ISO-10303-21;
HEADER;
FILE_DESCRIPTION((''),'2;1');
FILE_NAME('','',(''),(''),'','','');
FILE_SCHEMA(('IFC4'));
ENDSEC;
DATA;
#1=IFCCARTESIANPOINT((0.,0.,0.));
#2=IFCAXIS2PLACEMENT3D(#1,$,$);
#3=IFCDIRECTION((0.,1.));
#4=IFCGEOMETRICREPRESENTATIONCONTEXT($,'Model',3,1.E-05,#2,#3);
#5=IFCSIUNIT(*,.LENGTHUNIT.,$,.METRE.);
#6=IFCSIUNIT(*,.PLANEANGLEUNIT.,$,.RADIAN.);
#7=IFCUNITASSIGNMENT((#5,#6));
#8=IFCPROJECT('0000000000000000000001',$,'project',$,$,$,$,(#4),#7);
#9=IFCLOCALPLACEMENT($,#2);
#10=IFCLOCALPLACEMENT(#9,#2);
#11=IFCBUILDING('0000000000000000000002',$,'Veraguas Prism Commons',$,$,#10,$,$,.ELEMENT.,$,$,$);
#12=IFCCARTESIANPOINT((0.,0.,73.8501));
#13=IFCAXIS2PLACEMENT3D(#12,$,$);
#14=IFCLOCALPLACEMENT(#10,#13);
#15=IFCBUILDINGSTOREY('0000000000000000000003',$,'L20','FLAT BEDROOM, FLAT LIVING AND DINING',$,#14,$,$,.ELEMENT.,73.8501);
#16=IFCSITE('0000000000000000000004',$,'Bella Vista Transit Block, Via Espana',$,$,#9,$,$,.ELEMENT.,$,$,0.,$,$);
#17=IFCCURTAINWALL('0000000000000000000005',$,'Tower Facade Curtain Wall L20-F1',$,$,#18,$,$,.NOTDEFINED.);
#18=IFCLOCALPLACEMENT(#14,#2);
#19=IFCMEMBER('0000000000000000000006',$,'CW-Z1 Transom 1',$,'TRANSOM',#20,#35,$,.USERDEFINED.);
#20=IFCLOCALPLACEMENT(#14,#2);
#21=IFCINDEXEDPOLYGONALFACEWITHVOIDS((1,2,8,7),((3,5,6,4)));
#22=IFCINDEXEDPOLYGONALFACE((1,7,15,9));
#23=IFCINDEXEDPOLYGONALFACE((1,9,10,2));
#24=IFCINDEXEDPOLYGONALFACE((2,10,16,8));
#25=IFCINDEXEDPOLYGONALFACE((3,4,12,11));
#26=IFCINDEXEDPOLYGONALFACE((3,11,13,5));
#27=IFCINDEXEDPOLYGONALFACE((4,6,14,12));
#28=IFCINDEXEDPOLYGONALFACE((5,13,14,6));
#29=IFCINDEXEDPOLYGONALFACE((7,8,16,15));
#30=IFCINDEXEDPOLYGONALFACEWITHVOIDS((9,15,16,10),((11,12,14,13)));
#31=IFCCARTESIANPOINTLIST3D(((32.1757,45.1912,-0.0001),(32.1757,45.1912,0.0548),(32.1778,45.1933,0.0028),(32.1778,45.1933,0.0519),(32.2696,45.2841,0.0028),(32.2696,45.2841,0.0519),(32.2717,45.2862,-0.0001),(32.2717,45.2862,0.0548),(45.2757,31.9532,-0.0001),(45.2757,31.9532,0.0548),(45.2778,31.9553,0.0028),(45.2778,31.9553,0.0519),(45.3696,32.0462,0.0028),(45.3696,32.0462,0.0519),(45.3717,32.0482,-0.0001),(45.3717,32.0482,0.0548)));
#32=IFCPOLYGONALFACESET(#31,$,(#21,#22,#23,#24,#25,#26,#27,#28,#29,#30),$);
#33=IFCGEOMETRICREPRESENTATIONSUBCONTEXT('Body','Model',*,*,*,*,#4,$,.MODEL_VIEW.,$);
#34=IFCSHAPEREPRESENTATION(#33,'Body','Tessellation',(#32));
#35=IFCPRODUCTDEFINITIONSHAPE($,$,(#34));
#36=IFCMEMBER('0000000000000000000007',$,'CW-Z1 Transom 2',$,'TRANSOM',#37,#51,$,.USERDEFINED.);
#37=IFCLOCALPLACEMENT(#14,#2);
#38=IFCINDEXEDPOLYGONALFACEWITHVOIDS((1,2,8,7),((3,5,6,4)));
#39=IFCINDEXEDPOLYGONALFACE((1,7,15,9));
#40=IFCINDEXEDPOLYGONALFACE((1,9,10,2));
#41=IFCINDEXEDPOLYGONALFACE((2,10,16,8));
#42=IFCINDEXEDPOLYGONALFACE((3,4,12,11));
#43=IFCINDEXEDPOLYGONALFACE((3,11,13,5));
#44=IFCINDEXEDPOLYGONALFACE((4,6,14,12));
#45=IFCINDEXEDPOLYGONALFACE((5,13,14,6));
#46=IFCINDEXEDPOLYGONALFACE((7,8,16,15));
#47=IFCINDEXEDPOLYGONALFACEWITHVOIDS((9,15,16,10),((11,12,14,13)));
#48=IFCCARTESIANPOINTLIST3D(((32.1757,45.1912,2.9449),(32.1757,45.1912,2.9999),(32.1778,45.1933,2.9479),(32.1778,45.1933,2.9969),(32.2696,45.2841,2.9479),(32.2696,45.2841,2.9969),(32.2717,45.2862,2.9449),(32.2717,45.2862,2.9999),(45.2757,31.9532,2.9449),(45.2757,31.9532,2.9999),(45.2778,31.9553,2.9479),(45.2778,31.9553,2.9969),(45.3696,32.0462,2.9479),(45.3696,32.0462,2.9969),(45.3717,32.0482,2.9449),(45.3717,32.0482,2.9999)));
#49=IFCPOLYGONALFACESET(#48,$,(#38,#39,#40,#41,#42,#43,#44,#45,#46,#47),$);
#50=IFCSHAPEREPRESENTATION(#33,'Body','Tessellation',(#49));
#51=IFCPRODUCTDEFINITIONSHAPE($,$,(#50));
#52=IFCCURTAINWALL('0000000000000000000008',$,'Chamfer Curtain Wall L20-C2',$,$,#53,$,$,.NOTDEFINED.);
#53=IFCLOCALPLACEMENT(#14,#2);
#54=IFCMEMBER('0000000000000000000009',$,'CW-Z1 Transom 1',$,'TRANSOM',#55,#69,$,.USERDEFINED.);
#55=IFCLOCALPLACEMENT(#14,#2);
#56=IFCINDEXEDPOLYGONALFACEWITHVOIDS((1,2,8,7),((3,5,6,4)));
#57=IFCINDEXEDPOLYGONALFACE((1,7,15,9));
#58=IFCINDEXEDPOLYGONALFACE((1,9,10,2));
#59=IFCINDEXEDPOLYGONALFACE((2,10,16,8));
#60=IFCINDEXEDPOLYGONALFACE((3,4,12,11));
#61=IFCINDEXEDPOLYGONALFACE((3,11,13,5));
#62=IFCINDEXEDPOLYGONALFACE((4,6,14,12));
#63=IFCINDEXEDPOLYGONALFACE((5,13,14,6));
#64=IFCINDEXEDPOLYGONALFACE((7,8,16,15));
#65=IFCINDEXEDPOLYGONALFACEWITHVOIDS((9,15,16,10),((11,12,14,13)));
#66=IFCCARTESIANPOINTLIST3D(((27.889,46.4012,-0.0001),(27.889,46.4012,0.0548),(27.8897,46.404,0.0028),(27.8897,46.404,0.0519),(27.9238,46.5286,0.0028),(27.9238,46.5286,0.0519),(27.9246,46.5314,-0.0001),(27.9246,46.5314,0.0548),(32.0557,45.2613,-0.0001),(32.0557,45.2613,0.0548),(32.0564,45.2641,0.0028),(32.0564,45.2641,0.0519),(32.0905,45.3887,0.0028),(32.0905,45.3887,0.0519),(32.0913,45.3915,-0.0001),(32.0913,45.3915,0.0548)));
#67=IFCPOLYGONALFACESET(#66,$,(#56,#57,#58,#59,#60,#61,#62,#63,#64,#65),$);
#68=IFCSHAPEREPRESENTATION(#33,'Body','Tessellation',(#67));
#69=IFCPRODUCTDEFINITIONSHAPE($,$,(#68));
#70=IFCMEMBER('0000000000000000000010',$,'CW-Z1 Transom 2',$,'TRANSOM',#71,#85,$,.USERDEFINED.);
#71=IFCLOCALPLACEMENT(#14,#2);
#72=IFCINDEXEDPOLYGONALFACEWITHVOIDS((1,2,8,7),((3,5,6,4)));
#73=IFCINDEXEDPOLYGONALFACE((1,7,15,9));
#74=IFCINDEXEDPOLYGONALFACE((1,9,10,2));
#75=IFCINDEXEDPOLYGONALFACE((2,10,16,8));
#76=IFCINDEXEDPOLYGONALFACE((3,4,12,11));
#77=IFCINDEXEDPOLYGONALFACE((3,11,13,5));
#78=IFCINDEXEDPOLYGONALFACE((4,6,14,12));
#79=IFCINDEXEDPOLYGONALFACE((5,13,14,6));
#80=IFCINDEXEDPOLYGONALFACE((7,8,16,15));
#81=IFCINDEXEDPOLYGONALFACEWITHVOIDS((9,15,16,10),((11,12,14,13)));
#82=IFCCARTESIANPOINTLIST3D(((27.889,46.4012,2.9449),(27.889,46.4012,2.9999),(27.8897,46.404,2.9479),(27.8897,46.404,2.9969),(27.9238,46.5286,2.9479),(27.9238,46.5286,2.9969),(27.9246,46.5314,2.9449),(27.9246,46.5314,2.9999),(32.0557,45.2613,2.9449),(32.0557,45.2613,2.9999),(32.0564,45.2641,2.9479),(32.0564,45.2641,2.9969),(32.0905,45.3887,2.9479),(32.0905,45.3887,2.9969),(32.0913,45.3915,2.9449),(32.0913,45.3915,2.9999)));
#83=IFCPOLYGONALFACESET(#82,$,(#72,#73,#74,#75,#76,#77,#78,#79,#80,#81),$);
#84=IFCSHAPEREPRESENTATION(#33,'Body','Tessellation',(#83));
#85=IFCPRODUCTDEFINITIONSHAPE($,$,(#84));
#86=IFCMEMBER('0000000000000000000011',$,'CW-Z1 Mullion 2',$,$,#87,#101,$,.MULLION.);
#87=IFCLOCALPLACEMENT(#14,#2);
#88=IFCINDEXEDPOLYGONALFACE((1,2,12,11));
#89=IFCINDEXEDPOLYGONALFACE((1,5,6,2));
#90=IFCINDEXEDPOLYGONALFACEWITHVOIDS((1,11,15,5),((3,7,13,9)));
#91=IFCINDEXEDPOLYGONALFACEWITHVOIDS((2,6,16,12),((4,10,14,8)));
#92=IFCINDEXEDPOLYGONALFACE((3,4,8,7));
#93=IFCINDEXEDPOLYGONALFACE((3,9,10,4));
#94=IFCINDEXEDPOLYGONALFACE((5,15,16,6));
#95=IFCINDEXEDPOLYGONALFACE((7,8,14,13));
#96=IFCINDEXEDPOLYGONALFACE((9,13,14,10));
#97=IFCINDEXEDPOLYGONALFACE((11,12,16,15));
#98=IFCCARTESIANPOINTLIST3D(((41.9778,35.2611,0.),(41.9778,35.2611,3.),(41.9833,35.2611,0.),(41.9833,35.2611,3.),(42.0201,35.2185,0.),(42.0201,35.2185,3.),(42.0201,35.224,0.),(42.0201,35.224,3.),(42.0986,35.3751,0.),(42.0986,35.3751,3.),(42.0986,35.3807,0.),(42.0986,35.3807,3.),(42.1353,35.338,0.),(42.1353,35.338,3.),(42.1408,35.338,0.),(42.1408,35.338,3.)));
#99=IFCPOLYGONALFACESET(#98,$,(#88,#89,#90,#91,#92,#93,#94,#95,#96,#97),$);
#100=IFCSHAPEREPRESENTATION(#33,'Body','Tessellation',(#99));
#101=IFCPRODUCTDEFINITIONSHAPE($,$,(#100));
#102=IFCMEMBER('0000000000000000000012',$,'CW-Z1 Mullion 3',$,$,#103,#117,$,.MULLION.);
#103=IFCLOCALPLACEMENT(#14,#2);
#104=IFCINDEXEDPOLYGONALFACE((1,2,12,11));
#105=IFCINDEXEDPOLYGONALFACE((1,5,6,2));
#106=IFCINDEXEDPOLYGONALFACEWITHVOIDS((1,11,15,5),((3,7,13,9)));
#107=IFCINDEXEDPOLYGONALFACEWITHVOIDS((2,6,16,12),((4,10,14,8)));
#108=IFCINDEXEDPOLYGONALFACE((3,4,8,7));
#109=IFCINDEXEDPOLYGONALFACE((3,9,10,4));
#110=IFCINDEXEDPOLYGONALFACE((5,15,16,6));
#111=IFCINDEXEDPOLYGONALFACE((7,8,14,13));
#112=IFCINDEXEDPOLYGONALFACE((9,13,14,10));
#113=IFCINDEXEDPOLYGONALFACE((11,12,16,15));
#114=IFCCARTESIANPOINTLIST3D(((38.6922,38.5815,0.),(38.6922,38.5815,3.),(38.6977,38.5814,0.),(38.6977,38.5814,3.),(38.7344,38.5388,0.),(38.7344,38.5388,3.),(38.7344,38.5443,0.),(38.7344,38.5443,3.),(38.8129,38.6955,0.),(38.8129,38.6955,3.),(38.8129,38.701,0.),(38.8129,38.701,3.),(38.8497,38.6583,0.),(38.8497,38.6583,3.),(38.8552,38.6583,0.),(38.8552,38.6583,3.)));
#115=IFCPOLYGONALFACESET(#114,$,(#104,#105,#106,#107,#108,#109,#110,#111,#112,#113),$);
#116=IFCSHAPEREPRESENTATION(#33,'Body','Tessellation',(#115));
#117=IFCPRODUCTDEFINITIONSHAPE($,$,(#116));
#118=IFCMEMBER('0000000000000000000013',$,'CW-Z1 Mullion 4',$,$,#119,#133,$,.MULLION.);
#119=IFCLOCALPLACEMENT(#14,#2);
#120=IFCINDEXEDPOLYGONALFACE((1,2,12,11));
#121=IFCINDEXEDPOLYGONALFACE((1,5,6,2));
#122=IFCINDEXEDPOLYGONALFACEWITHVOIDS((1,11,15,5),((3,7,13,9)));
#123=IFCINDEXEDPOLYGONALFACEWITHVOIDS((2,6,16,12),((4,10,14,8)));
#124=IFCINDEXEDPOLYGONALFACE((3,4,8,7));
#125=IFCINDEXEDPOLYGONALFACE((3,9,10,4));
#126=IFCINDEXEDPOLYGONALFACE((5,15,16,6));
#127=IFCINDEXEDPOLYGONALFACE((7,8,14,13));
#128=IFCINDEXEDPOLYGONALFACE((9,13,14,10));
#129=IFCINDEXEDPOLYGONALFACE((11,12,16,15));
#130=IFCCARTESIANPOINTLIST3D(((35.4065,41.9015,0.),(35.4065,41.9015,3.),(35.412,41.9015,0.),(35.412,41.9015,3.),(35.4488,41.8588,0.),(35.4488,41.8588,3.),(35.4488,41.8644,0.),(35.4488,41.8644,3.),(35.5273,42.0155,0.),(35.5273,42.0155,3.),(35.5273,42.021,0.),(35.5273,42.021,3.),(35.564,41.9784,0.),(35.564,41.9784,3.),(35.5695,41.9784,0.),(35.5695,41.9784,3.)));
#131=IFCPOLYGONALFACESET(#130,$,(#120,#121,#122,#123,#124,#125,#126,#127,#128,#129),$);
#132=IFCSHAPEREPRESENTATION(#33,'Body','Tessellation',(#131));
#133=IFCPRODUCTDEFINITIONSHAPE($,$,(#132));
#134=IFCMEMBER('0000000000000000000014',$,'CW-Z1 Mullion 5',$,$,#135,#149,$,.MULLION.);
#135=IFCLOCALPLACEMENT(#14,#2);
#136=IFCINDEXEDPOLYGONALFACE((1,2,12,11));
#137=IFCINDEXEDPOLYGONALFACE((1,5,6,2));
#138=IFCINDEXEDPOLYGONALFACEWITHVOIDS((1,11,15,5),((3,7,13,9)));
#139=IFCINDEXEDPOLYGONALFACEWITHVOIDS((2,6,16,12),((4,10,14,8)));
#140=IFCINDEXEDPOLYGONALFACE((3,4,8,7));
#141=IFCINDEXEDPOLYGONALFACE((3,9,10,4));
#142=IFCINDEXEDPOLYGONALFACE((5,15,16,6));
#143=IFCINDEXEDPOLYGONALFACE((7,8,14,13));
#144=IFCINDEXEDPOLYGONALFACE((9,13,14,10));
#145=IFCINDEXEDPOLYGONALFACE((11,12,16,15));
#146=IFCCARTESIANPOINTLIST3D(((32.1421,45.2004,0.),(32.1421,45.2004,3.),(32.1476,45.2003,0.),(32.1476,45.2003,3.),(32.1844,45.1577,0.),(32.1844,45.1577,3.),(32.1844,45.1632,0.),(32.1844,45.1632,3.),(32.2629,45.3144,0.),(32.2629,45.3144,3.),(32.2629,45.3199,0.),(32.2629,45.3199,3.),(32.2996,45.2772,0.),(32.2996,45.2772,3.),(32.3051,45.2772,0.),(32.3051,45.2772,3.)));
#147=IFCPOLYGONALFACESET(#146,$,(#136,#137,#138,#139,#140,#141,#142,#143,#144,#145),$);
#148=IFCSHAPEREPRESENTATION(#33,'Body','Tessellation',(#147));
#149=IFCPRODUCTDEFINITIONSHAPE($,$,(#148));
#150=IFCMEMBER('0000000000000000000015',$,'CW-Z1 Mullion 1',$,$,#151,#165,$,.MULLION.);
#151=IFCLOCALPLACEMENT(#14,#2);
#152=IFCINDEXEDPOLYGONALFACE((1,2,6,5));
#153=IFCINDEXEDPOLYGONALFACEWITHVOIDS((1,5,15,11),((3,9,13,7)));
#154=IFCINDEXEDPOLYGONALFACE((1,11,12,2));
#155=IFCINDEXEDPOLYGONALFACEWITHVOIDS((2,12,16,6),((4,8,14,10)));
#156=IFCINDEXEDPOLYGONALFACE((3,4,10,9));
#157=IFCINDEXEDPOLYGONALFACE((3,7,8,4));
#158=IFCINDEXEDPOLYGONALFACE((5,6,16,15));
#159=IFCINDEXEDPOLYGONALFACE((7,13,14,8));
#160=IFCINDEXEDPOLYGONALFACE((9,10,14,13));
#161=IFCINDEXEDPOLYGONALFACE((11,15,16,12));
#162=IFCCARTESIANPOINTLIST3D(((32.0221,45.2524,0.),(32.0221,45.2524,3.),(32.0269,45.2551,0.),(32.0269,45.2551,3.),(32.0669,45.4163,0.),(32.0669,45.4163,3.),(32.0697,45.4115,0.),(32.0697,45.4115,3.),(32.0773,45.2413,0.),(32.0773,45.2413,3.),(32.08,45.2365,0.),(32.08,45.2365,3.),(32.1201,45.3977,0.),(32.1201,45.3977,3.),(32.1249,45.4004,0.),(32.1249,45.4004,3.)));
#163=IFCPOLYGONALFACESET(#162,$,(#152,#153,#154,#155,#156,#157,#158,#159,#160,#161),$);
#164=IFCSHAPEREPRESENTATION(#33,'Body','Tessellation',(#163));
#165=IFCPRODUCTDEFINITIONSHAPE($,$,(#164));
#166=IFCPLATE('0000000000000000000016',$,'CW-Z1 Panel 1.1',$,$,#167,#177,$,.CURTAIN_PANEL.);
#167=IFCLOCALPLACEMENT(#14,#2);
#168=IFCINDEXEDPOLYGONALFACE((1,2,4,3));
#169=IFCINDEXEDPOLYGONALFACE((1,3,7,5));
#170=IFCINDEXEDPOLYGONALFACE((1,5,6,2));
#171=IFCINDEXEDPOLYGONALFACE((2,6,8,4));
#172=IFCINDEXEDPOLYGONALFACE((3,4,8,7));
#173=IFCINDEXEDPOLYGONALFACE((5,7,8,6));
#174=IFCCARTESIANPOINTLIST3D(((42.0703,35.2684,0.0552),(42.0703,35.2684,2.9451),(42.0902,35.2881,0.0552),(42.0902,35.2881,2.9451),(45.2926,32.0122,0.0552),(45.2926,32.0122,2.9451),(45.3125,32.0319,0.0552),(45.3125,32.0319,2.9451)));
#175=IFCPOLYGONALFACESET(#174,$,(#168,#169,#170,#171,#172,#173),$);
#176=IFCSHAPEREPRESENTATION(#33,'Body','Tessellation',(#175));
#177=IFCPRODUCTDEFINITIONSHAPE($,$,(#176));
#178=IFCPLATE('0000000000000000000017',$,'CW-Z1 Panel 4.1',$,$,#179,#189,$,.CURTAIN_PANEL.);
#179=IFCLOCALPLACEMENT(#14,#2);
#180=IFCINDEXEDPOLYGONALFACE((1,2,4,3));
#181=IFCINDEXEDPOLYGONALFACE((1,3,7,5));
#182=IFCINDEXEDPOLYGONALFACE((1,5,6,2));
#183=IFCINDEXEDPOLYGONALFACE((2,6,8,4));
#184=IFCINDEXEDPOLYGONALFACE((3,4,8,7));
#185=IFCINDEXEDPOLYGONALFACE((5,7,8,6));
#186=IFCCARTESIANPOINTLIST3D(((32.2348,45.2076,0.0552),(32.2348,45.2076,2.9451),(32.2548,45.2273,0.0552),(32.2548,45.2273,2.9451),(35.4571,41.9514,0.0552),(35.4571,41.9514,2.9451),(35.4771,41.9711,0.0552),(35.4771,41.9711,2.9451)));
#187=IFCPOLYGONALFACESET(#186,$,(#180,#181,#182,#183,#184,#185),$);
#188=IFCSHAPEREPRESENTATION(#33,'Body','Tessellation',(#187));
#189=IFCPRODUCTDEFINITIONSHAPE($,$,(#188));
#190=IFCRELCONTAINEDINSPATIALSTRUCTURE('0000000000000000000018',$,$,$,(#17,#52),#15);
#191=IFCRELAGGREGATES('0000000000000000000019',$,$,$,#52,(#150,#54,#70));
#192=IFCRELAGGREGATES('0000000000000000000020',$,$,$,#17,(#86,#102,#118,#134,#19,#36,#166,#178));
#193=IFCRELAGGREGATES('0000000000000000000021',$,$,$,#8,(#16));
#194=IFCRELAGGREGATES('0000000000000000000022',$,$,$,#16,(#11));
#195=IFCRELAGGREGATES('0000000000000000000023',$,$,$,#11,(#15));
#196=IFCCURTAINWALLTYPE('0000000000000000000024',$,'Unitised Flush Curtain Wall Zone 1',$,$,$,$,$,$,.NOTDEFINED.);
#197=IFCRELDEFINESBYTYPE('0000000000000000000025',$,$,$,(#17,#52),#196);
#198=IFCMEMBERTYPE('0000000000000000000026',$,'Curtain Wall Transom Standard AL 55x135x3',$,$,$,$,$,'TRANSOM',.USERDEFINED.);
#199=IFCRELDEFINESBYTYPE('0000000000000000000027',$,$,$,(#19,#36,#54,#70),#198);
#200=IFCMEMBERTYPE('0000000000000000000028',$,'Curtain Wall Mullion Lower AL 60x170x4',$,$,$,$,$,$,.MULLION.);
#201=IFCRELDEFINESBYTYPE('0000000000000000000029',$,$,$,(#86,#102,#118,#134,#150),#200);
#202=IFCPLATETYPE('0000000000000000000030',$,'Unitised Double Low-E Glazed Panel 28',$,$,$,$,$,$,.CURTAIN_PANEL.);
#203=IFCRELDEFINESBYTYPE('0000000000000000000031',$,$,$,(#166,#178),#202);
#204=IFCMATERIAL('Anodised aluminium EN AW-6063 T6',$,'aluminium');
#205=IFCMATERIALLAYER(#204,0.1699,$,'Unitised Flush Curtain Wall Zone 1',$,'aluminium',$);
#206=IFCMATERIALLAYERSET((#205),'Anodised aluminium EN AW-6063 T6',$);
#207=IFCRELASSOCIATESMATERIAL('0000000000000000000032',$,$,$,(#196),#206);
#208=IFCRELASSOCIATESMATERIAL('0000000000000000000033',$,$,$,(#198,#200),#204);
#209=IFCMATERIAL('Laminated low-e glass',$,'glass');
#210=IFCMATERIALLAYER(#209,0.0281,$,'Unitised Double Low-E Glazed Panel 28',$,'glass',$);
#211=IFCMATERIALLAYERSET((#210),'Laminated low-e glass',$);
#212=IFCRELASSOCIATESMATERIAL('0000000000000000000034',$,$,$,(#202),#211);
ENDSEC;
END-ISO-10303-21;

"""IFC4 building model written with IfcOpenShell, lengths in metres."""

from ifc_helpers import new_model, si_unit, direction, frame, origin, origin_2d, place, context, subcontext, project, spatial, rectangle, hollow_rectangle, extrude, source, transform, mapped, material, layer, layer_set, material_profile, profile_set, type_object, element, aggregate, save


model = new_model("IFC4")

# Units and contexts
model_context = context("Model", 3, precision=1e-05, world=origin(), true_north=direction((0.0, 1.0)))
body_context = subcontext(model_context, "Body", "Model", "MODEL_VIEW")
ifc_project = project(units=[si_unit("LENGTHUNIT", "METRE"), si_unit("PLANEANGLEUNIT", "RADIAN")], contexts=[model_context])

# Site, building, storey
site_placement = place(None, origin())
site = spatial("IfcSite", under=ifc_project, at=site_placement, Name="Bella Vista Transit Block, Via Espana", CompositionType="ELEMENT", RefElevation=0.0)
building_placement = place(site_placement, origin())
building = spatial("IfcBuilding", under=site, at=building_placement, Name="Veraguas Prism Commons", CompositionType="ELEMENT")
storey_placement = place(building_placement, frame((0.0, 0.0, 73.8501)))
storey = spatial("IfcBuildingStorey", under=building, at=storey_placement, Name="L20", Description="FLAT BEDROOM, FLAT LIVING AND DINING", CompositionType="ELEMENT", Elevation=73.8501)

# Curtain walls, members
ifc_material_1 = material(Name="Anodised aluminium EN AW-6063 T6", Category="aluminium")
ifc_layer_1 = layer(ifc_material_1, 0.1699, Name="Unitised Flush Curtain Wall Zone 1", Category="aluminium")
ifc_layer_set_1 = layer_set([ifc_layer_1], Name="Anodised aluminium EN AW-6063 T6")
curtain_wall_type = type_object("IfcCurtainWallType", Name="Unitised Flush Curtain Wall Zone 1", PredefinedType="NOTDEFINED", material=ifc_layer_set_1)
curtain_wall_1_placement = place(storey_placement, origin())
curtain_wall_1 = element("IfcCurtainWall", 1, at=curtain_wall_1_placement, inside=storey, type_object=curtain_wall_type, Name="Tower Facade Curtain Wall L20-F1", PredefinedType="NOTDEFINED")
ifc_material_profile_1 = material_profile(ifc_material_1, hollow_rectangle(XDim=0.0549, YDim=0.135, WallThickness=0.0029, at=origin_2d()), Name="AL55X135X3")
ifc_profile_set_1 = profile_set([ifc_material_profile_1], Name="Anodised aluminium EN AW-6063 T6")
member_type_1 = type_object("IfcMemberType", Name="Curtain Wall Transom Standard AL 55x135x3", ElementType="TRANSOM", PredefinedType="USERDEFINED", material=ifc_profile_set_1)
shared_shape_1 = source(origin(), body_context, "Body", "SweptSolid", [
    extrude(hollow_rectangle(XDim=0.0549, YDim=0.135, WallThickness=0.0029, at=origin_2d()), origin(), (0.0, 0.0, 1.0), 18.624),
])
member_1_placement = place(storey_placement, frame((45.3237, 32.0007, 0.0273), z_axis=(-0.703394, 0.7108, 0.0), x_axis=(0.0, 0.0, 1.0)))
member_1 = element("IfcMember", 2, at=member_1_placement, type_object=member_type_1, Name="CW-Z1 Transom 1", ObjectType="TRANSOM", PredefinedType="USERDEFINED", context=body_context, shape_type="MappedRepresentation", body=[
    mapped(shared_shape_1, transform((0.0, 0.0, 0.0), scale=1.0)),
])
member_2_placement = place(storey_placement, frame((45.3237, 32.0007, 2.9724), z_axis=(-0.703394, 0.7108, 0.0), x_axis=(0.0, 0.0, 1.0)))
member_2 = element("IfcMember", 3, at=member_2_placement, type_object=member_type_1, Name="CW-Z1 Transom 2", ObjectType="TRANSOM", PredefinedType="USERDEFINED", context=body_context, shape_type="MappedRepresentation", body=[
    mapped(shared_shape_1, transform((0.0, 0.0, 0.0), scale=1.0)),
])
curtain_wall_2_placement = place(storey_placement, origin())
curtain_wall_2 = element("IfcCurtainWall", 4, at=curtain_wall_2_placement, inside=storey, type_object=curtain_wall_type, Name="Chamfer Curtain Wall L20-C2", PredefinedType="NOTDEFINED")
shared_shape_2 = source(origin(), body_context, "Body", "SweptSolid", [
    extrude(hollow_rectangle(XDim=0.0549, YDim=0.135, WallThickness=0.0029, at=origin_2d()), origin(), (0.0, 0.0, 1.0), 4.3198),
])
member_3_placement = place(storey_placement, frame((32.0735, 45.3264, 0.0273), z_axis=(-0.964557, 0.263873, 0.0), x_axis=(0.0, 0.0, 1.0)))
member_3 = element("IfcMember", 5, at=member_3_placement, type_object=member_type_1, Name="CW-Z1 Transom 1", ObjectType="TRANSOM", PredefinedType="USERDEFINED", context=body_context, shape_type="MappedRepresentation", body=[
    mapped(shared_shape_2, transform((0.0, 0.0, 0.0), scale=1.0)),
])
member_4_placement = place(storey_placement, frame((32.0735, 45.3264, 2.9724), z_axis=(-0.964557, 0.263873, 0.0), x_axis=(0.0, 0.0, 1.0)))
member_4 = element("IfcMember", 6, at=member_4_placement, type_object=member_type_1, Name="CW-Z1 Transom 2", ObjectType="TRANSOM", PredefinedType="USERDEFINED", context=body_context, shape_type="MappedRepresentation", body=[
    mapped(shared_shape_2, transform((0.0, 0.0, 0.0), scale=1.0)),
])

# Members
ifc_material_profile_2 = material_profile(ifc_material_1, hollow_rectangle(XDim=0.0601, YDim=0.1699, WallThickness=0.0039, at=origin_2d()), Name="AL60X170X4")
ifc_profile_set_2 = profile_set([ifc_material_profile_2], Name="Anodised aluminium EN AW-6063 T6")
member_type_2 = type_object("IfcMemberType", Name="Curtain Wall Mullion Lower AL 60x170x4", PredefinedType="MULLION", material=ifc_profile_set_2)
shared_shape_3 = source(origin(), body_context, "Body", "SweptSolid", [
    extrude(hollow_rectangle(XDim=0.0601, YDim=0.1699, WallThickness=0.0039, at=origin_2d()), origin(), (0.0, 0.0, 1.0), 3.0),
])
member_5_placement = place(storey_placement, frame((42.0593, 35.2996, 0.0), z_axis=(0.0, 0.0, 1.0), x_axis=(-0.703393, 0.710801, 0.0)))
member_5 = element("IfcMember", 7, at=member_5_placement, type_object=member_type_2, Name="CW-Z1 Mullion 2", PredefinedType="MULLION", context=body_context, shape_type="MappedRepresentation", body=[
    mapped(shared_shape_3, transform((0.0, 0.0, 0.0), scale=1.0)),
])
member_6_placement = place(storey_placement, frame((38.7737, 38.6199, 0.0), z_axis=(0.0, 0.0, 1.0), x_axis=(-0.703393, 0.710801, 0.0)))
member_6 = element("IfcMember", 8, at=member_6_placement, type_object=member_type_2, Name="CW-Z1 Mullion 3", PredefinedType="MULLION", context=body_context, shape_type="MappedRepresentation", body=[
    mapped(shared_shape_3, transform((0.0, 0.0, 0.0), scale=1.0)),
])
member_7_placement = place(storey_placement, frame((35.488, 41.9399, 0.0), z_axis=(0.0, 0.0, 1.0), x_axis=(-0.703393, 0.710801, 0.0)))
member_7 = element("IfcMember", 9, at=member_7_placement, type_object=member_type_2, Name="CW-Z1 Mullion 4", PredefinedType="MULLION", context=body_context, shape_type="MappedRepresentation", body=[
    mapped(shared_shape_3, transform((0.0, 0.0, 0.0), scale=1.0)),
])
member_8_placement = place(storey_placement, frame((32.2236, 45.2388, 0.0), z_axis=(0.0, 0.0, 1.0), x_axis=(-0.703393, 0.710801, 0.0)))
member_8 = element("IfcMember", 10, at=member_8_placement, type_object=member_type_2, Name="CW-Z1 Mullion 5", PredefinedType="MULLION", context=body_context, shape_type="MappedRepresentation", body=[
    mapped(shared_shape_3, transform((0.0, 0.0, 0.0), scale=1.0)),
])
member_9_placement = place(storey_placement, frame((32.0735, 45.3264, 0.0), z_axis=(0.0, 0.0, 1.0), x_axis=(-0.964554, 0.263885, 0.0)))
member_9 = element("IfcMember", 11, at=member_9_placement, type_object=member_type_2, Name="CW-Z1 Mullion 1", PredefinedType="MULLION", context=body_context, shape_type="MappedRepresentation", body=[
    mapped(shared_shape_3, transform((0.0, 0.0, 0.0), scale=1.0)),
])
aggregate(curtain_wall_2, [member_9, member_3, member_4])

# Plates
ifc_material_2 = material(Name="Laminated low-e glass", Category="glass")
ifc_layer_2 = layer(ifc_material_2, 0.0281, Name="Unitised Double Low-E Glazed Panel 28", Category="glass")
ifc_layer_set_2 = layer_set([ifc_layer_2], Name="Laminated low-e glass")
plate_type = type_object("IfcPlateType", Name="Unitised Double Low-E Glazed Panel 28", PredefinedType="CURTAIN_PANEL", material=ifc_layer_set_2)
shared_shape_4 = source(origin(), body_context, "Body", "SweptSolid", [
    extrude(rectangle(XDim=4.5811, YDim=0.0281, at=origin_2d()), origin(), (0.0, 0.0, 1.0), 2.8899),
])
plate_1_placement = place(storey_placement, frame((43.6914, 33.6501, 0.0552), z_axis=(0.0, 0.0, 1.0), x_axis=(-0.703393, 0.710801, 0.0)))
plate_1 = element("IfcPlate", 12, at=plate_1_placement, type_object=plate_type, Name="CW-Z1 Panel 1.1", PredefinedType="CURTAIN_PANEL", context=body_context, shape_type="MappedRepresentation", body=[
    mapped(shared_shape_4, transform((0.0, 0.0, 0.0), scale=1.0)),
])
plate_2_placement = place(storey_placement, frame((33.856, 43.5894, 0.0552), z_axis=(0.0, 0.0, 1.0), x_axis=(-0.703393, 0.710801, 0.0)))
plate_2 = element("IfcPlate", 13, at=plate_2_placement, type_object=plate_type, Name="CW-Z1 Panel 4.1", PredefinedType="CURTAIN_PANEL", context=body_context, shape_type="MappedRepresentation", body=[
    mapped(shared_shape_4, transform((0.0, 0.0, 0.0), scale=1.0)),
])
aggregate(curtain_wall_1, [member_5, member_6, member_7, member_8, member_1, member_2, plate_1, plate_2])

save(model, "model.ifc")
